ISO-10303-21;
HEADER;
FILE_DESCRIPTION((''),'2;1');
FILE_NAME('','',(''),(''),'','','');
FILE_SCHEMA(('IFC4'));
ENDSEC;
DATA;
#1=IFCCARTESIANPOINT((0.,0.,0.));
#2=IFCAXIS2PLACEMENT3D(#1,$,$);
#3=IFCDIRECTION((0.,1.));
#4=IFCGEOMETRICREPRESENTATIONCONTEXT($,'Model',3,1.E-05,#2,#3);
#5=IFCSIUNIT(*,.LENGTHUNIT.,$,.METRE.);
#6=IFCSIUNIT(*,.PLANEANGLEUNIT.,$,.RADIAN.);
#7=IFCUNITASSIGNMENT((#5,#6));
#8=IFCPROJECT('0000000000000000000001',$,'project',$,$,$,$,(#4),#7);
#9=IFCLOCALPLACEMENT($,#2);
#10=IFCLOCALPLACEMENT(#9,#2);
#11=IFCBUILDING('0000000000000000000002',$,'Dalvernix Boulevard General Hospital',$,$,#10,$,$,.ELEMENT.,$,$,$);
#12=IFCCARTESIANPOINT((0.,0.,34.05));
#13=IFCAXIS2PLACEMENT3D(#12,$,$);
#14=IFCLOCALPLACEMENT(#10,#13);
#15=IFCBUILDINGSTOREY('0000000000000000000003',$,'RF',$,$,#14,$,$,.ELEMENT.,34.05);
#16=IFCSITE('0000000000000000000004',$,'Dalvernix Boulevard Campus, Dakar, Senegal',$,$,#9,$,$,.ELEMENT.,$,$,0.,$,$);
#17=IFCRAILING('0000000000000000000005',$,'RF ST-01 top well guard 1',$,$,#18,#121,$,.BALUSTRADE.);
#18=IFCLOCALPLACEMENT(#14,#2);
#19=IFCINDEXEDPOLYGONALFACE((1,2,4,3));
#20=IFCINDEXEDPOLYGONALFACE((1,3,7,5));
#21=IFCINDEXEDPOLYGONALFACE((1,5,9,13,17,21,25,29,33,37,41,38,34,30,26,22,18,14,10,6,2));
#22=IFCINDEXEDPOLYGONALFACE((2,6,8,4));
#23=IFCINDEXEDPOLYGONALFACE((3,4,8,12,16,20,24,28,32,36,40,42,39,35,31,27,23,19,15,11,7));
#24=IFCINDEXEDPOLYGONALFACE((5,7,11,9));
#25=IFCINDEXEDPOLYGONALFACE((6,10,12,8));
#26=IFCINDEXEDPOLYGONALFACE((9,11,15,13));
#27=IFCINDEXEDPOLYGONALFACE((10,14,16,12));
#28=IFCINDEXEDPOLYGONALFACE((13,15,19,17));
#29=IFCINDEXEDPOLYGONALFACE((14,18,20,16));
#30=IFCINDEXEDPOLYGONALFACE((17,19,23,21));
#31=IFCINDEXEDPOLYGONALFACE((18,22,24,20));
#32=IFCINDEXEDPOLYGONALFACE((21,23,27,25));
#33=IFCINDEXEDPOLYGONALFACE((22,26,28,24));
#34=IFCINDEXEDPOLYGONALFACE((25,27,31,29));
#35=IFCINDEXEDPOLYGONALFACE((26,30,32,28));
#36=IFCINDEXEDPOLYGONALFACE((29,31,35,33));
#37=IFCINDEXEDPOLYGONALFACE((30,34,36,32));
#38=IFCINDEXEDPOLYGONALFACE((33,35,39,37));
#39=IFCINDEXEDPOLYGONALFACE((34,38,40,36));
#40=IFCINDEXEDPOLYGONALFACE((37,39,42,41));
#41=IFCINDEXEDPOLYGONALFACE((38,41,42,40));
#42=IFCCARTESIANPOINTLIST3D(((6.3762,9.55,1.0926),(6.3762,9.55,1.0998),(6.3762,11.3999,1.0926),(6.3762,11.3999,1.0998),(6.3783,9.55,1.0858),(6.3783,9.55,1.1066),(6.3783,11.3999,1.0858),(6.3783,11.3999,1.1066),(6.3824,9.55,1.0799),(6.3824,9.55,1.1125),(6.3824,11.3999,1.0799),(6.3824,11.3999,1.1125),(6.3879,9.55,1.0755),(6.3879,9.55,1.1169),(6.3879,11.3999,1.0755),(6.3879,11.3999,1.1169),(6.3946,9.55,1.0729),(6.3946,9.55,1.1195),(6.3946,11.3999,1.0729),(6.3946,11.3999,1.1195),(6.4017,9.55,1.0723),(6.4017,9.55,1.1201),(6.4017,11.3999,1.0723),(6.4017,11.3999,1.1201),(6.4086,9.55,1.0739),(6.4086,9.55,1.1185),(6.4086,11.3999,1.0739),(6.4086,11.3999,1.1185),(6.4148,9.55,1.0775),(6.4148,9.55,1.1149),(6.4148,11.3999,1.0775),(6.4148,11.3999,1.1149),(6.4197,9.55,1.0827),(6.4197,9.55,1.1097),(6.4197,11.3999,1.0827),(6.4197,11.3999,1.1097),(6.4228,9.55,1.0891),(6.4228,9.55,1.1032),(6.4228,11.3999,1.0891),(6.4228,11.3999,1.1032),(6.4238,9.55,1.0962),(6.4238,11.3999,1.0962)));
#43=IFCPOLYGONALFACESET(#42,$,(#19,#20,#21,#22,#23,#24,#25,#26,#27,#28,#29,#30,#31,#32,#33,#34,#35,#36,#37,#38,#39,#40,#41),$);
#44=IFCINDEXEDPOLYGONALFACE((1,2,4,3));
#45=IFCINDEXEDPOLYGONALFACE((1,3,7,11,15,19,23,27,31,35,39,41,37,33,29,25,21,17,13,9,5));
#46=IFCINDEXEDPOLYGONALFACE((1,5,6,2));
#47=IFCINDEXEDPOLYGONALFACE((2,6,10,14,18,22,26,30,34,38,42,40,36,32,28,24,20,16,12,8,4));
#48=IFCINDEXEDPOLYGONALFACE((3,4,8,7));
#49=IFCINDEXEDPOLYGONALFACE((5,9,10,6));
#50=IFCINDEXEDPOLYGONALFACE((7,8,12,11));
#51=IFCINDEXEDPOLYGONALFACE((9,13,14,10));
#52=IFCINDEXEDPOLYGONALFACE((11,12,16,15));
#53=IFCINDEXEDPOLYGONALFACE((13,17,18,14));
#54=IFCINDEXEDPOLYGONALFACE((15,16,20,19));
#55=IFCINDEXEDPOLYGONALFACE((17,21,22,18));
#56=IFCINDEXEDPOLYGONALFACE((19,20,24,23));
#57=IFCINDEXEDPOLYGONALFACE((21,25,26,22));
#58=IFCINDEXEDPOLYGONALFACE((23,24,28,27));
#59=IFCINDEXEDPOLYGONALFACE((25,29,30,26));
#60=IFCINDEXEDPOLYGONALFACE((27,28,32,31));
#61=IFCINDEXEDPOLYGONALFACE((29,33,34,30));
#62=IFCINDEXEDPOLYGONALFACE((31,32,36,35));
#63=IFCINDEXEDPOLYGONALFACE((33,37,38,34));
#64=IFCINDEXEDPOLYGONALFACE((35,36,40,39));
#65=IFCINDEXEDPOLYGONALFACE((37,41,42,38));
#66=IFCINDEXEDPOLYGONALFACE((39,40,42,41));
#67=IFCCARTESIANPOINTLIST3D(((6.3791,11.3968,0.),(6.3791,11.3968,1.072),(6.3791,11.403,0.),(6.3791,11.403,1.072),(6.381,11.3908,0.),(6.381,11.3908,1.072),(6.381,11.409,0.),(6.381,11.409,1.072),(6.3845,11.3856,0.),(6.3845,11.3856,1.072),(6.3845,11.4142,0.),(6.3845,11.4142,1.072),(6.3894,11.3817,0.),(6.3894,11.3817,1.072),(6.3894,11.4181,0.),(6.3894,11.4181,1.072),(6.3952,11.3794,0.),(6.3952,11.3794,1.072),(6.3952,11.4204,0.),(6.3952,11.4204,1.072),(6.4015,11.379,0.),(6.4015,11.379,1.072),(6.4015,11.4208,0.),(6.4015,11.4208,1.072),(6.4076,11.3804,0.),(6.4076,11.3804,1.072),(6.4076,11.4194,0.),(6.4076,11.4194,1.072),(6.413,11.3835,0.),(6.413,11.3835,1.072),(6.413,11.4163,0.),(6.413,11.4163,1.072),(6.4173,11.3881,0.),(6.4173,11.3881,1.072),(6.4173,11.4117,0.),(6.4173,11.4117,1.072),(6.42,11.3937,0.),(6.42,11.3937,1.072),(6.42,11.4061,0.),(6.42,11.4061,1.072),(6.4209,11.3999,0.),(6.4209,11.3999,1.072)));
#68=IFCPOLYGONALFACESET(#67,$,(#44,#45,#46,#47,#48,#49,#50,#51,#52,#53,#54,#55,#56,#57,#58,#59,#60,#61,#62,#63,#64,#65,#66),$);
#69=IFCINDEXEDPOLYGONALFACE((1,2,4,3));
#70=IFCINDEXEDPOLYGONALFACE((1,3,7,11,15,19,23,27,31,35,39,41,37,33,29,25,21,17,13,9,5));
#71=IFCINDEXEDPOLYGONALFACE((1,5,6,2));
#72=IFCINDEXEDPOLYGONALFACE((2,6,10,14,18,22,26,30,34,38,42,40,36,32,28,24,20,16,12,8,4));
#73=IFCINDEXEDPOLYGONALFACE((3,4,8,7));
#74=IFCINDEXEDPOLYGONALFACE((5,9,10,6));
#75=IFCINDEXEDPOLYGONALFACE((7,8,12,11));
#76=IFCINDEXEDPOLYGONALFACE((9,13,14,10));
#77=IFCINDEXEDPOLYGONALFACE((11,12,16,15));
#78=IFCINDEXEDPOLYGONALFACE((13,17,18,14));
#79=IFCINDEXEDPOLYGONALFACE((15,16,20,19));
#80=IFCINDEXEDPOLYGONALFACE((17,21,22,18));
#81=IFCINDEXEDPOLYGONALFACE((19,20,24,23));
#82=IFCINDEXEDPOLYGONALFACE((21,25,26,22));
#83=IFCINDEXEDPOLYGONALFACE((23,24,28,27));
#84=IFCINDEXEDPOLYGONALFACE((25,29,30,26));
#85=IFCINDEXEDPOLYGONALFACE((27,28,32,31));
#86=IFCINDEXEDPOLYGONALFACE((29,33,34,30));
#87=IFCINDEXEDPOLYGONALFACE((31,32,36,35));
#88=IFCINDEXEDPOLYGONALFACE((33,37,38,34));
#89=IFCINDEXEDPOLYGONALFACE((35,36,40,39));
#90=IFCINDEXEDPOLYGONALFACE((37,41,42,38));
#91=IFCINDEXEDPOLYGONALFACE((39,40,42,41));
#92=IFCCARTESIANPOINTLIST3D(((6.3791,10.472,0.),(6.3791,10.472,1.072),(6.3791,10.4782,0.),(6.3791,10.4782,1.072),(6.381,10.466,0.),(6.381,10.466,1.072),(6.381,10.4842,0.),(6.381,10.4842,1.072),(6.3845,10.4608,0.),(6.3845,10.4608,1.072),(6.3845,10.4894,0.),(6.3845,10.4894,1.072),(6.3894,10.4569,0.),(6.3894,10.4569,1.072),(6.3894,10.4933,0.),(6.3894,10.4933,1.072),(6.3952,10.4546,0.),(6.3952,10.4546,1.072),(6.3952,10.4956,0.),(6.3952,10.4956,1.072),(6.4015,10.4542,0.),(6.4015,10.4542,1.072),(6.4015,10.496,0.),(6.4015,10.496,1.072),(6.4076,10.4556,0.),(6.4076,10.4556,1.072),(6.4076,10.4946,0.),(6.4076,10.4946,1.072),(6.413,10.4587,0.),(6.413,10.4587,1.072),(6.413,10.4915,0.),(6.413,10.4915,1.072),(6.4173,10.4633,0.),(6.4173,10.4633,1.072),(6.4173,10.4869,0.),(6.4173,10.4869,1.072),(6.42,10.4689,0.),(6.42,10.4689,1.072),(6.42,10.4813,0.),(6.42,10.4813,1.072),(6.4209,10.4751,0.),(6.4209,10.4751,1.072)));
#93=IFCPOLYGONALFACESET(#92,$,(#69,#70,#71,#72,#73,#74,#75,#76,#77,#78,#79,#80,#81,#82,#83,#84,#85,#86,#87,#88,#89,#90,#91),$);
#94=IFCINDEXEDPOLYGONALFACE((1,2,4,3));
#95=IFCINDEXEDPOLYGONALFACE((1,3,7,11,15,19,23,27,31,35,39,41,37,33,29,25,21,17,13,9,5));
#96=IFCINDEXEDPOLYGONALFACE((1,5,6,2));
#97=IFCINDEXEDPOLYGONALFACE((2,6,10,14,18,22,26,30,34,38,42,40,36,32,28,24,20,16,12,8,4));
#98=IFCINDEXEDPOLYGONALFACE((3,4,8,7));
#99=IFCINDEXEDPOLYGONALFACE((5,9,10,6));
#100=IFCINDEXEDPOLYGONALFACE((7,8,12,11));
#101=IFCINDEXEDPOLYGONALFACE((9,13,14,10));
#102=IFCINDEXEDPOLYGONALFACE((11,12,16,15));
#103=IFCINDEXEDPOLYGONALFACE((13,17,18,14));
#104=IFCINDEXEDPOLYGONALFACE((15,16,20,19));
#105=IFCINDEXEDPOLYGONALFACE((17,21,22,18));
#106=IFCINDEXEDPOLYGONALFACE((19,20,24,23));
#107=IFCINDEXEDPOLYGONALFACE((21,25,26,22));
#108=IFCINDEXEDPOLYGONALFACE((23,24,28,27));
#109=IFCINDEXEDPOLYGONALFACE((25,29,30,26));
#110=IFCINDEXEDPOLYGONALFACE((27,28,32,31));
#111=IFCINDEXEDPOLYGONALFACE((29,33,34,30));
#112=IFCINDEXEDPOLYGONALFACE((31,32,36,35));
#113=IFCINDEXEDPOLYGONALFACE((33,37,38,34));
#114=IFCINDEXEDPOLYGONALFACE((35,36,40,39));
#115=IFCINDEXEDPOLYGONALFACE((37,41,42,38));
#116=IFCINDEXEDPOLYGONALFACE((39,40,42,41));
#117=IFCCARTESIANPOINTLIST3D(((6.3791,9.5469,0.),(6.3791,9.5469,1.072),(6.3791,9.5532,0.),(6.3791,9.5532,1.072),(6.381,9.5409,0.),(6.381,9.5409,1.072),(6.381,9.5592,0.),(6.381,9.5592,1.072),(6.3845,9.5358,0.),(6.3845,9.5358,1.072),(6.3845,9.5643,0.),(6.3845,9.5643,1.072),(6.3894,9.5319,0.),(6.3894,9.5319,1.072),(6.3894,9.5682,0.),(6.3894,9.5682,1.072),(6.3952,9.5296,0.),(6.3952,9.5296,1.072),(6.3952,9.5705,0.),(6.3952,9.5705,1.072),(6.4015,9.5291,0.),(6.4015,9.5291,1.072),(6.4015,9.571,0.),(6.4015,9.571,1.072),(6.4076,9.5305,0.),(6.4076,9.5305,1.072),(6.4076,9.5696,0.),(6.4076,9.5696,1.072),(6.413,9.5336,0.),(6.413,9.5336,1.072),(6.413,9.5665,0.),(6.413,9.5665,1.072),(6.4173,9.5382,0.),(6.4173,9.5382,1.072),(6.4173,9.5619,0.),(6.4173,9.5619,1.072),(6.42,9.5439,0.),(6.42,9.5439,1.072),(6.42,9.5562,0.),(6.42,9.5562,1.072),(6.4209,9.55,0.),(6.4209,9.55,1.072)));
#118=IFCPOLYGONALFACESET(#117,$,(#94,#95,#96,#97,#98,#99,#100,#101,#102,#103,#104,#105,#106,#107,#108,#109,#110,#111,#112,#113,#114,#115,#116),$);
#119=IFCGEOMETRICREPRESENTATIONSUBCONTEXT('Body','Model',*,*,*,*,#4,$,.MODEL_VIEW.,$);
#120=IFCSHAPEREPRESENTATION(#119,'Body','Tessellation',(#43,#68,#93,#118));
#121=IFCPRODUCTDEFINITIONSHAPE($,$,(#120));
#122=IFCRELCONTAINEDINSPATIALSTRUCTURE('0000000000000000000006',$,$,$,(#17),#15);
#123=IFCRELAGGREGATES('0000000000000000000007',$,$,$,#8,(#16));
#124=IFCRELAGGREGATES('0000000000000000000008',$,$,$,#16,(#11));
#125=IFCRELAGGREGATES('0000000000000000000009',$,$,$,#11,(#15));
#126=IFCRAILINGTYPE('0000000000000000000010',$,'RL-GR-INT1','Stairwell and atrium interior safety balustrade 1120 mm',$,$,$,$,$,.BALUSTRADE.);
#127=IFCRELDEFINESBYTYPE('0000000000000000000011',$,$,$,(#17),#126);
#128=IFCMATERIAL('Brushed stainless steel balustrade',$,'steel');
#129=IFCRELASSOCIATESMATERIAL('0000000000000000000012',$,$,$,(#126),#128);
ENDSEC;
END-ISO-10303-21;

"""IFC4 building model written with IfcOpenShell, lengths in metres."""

from ifc_helpers import new_model, si_unit, direction, frame, origin, origin_2d, place, context, subcontext, project, spatial, circle, extrude, material, type_object, element, save


model = new_model("IFC4")

# Units and contexts
model_context = context("Model", 3, precision=1e-05, world=origin(), true_north=direction((0.0, 1.0)))
body_context = subcontext(model_context, "Body", "Model", "MODEL_VIEW")
ifc_project = project(units=[si_unit("LENGTHUNIT", "METRE"), si_unit("PLANEANGLEUNIT", "RADIAN")], contexts=[model_context])

# Site, building, storey
site_placement = place(None, origin())
site = spatial("IfcSite", under=ifc_project, at=site_placement, Name="Dalvernix Boulevard Campus, Dakar, Senegal", CompositionType="ELEMENT", RefElevation=0.0)
building_placement = place(site_placement, origin())
building = spatial("IfcBuilding", under=site, at=building_placement, Name="Dalvernix Boulevard General Hospital", CompositionType="ELEMENT")
storey_placement = place(building_placement, frame((0.0, 0.0, 34.05)))
storey = spatial("IfcBuildingStorey", under=building, at=storey_placement, Name="RF", CompositionType="ELEMENT", Elevation=34.05)

# Railing
ifc_material_1 = material(Name="Brushed stainless steel balustrade", Category="steel")
railing_type = type_object("IfcRailingType", Name="RL-GR-INT1", Description="Stairwell and atrium interior safety balustrade 1120 mm", PredefinedType="BALUSTRADE", material=ifc_material_1)
railing_placement = place(storey_placement, frame((6.3999, 11.3999, 0.0)))
element("IfcRailing", 1, at=railing_placement, inside=storey, type_object=railing_type, Name="RF ST-01 top well guard 1", PredefinedType="BALUSTRADE", context=body_context, shape_type="SweptSolid", body=[
    extrude(circle(Radius=0.0239, at=origin_2d()), frame((0.0, 0.0, 1.0962), z_axis=(0.0, -1.0, 0.0), x_axis=(1.0, 0.0, 0.0)), (0.0, 0.0, 1.0), 1.8499),
    extrude(circle(Radius=0.021, at=origin_2d()), origin(), (0.0, 0.0, 1.0), 1.072),
    extrude(circle(Radius=0.021, at=origin_2d()), frame((0.0, -0.9248, 0.0)), (0.0, 0.0, 1.0), 1.072),
    extrude(circle(Radius=0.021, at=origin_2d()), frame((0.0, -1.8499, 0.0)), (0.0, 0.0, 1.0), 1.072),
])

save(model, "model.ifc")
